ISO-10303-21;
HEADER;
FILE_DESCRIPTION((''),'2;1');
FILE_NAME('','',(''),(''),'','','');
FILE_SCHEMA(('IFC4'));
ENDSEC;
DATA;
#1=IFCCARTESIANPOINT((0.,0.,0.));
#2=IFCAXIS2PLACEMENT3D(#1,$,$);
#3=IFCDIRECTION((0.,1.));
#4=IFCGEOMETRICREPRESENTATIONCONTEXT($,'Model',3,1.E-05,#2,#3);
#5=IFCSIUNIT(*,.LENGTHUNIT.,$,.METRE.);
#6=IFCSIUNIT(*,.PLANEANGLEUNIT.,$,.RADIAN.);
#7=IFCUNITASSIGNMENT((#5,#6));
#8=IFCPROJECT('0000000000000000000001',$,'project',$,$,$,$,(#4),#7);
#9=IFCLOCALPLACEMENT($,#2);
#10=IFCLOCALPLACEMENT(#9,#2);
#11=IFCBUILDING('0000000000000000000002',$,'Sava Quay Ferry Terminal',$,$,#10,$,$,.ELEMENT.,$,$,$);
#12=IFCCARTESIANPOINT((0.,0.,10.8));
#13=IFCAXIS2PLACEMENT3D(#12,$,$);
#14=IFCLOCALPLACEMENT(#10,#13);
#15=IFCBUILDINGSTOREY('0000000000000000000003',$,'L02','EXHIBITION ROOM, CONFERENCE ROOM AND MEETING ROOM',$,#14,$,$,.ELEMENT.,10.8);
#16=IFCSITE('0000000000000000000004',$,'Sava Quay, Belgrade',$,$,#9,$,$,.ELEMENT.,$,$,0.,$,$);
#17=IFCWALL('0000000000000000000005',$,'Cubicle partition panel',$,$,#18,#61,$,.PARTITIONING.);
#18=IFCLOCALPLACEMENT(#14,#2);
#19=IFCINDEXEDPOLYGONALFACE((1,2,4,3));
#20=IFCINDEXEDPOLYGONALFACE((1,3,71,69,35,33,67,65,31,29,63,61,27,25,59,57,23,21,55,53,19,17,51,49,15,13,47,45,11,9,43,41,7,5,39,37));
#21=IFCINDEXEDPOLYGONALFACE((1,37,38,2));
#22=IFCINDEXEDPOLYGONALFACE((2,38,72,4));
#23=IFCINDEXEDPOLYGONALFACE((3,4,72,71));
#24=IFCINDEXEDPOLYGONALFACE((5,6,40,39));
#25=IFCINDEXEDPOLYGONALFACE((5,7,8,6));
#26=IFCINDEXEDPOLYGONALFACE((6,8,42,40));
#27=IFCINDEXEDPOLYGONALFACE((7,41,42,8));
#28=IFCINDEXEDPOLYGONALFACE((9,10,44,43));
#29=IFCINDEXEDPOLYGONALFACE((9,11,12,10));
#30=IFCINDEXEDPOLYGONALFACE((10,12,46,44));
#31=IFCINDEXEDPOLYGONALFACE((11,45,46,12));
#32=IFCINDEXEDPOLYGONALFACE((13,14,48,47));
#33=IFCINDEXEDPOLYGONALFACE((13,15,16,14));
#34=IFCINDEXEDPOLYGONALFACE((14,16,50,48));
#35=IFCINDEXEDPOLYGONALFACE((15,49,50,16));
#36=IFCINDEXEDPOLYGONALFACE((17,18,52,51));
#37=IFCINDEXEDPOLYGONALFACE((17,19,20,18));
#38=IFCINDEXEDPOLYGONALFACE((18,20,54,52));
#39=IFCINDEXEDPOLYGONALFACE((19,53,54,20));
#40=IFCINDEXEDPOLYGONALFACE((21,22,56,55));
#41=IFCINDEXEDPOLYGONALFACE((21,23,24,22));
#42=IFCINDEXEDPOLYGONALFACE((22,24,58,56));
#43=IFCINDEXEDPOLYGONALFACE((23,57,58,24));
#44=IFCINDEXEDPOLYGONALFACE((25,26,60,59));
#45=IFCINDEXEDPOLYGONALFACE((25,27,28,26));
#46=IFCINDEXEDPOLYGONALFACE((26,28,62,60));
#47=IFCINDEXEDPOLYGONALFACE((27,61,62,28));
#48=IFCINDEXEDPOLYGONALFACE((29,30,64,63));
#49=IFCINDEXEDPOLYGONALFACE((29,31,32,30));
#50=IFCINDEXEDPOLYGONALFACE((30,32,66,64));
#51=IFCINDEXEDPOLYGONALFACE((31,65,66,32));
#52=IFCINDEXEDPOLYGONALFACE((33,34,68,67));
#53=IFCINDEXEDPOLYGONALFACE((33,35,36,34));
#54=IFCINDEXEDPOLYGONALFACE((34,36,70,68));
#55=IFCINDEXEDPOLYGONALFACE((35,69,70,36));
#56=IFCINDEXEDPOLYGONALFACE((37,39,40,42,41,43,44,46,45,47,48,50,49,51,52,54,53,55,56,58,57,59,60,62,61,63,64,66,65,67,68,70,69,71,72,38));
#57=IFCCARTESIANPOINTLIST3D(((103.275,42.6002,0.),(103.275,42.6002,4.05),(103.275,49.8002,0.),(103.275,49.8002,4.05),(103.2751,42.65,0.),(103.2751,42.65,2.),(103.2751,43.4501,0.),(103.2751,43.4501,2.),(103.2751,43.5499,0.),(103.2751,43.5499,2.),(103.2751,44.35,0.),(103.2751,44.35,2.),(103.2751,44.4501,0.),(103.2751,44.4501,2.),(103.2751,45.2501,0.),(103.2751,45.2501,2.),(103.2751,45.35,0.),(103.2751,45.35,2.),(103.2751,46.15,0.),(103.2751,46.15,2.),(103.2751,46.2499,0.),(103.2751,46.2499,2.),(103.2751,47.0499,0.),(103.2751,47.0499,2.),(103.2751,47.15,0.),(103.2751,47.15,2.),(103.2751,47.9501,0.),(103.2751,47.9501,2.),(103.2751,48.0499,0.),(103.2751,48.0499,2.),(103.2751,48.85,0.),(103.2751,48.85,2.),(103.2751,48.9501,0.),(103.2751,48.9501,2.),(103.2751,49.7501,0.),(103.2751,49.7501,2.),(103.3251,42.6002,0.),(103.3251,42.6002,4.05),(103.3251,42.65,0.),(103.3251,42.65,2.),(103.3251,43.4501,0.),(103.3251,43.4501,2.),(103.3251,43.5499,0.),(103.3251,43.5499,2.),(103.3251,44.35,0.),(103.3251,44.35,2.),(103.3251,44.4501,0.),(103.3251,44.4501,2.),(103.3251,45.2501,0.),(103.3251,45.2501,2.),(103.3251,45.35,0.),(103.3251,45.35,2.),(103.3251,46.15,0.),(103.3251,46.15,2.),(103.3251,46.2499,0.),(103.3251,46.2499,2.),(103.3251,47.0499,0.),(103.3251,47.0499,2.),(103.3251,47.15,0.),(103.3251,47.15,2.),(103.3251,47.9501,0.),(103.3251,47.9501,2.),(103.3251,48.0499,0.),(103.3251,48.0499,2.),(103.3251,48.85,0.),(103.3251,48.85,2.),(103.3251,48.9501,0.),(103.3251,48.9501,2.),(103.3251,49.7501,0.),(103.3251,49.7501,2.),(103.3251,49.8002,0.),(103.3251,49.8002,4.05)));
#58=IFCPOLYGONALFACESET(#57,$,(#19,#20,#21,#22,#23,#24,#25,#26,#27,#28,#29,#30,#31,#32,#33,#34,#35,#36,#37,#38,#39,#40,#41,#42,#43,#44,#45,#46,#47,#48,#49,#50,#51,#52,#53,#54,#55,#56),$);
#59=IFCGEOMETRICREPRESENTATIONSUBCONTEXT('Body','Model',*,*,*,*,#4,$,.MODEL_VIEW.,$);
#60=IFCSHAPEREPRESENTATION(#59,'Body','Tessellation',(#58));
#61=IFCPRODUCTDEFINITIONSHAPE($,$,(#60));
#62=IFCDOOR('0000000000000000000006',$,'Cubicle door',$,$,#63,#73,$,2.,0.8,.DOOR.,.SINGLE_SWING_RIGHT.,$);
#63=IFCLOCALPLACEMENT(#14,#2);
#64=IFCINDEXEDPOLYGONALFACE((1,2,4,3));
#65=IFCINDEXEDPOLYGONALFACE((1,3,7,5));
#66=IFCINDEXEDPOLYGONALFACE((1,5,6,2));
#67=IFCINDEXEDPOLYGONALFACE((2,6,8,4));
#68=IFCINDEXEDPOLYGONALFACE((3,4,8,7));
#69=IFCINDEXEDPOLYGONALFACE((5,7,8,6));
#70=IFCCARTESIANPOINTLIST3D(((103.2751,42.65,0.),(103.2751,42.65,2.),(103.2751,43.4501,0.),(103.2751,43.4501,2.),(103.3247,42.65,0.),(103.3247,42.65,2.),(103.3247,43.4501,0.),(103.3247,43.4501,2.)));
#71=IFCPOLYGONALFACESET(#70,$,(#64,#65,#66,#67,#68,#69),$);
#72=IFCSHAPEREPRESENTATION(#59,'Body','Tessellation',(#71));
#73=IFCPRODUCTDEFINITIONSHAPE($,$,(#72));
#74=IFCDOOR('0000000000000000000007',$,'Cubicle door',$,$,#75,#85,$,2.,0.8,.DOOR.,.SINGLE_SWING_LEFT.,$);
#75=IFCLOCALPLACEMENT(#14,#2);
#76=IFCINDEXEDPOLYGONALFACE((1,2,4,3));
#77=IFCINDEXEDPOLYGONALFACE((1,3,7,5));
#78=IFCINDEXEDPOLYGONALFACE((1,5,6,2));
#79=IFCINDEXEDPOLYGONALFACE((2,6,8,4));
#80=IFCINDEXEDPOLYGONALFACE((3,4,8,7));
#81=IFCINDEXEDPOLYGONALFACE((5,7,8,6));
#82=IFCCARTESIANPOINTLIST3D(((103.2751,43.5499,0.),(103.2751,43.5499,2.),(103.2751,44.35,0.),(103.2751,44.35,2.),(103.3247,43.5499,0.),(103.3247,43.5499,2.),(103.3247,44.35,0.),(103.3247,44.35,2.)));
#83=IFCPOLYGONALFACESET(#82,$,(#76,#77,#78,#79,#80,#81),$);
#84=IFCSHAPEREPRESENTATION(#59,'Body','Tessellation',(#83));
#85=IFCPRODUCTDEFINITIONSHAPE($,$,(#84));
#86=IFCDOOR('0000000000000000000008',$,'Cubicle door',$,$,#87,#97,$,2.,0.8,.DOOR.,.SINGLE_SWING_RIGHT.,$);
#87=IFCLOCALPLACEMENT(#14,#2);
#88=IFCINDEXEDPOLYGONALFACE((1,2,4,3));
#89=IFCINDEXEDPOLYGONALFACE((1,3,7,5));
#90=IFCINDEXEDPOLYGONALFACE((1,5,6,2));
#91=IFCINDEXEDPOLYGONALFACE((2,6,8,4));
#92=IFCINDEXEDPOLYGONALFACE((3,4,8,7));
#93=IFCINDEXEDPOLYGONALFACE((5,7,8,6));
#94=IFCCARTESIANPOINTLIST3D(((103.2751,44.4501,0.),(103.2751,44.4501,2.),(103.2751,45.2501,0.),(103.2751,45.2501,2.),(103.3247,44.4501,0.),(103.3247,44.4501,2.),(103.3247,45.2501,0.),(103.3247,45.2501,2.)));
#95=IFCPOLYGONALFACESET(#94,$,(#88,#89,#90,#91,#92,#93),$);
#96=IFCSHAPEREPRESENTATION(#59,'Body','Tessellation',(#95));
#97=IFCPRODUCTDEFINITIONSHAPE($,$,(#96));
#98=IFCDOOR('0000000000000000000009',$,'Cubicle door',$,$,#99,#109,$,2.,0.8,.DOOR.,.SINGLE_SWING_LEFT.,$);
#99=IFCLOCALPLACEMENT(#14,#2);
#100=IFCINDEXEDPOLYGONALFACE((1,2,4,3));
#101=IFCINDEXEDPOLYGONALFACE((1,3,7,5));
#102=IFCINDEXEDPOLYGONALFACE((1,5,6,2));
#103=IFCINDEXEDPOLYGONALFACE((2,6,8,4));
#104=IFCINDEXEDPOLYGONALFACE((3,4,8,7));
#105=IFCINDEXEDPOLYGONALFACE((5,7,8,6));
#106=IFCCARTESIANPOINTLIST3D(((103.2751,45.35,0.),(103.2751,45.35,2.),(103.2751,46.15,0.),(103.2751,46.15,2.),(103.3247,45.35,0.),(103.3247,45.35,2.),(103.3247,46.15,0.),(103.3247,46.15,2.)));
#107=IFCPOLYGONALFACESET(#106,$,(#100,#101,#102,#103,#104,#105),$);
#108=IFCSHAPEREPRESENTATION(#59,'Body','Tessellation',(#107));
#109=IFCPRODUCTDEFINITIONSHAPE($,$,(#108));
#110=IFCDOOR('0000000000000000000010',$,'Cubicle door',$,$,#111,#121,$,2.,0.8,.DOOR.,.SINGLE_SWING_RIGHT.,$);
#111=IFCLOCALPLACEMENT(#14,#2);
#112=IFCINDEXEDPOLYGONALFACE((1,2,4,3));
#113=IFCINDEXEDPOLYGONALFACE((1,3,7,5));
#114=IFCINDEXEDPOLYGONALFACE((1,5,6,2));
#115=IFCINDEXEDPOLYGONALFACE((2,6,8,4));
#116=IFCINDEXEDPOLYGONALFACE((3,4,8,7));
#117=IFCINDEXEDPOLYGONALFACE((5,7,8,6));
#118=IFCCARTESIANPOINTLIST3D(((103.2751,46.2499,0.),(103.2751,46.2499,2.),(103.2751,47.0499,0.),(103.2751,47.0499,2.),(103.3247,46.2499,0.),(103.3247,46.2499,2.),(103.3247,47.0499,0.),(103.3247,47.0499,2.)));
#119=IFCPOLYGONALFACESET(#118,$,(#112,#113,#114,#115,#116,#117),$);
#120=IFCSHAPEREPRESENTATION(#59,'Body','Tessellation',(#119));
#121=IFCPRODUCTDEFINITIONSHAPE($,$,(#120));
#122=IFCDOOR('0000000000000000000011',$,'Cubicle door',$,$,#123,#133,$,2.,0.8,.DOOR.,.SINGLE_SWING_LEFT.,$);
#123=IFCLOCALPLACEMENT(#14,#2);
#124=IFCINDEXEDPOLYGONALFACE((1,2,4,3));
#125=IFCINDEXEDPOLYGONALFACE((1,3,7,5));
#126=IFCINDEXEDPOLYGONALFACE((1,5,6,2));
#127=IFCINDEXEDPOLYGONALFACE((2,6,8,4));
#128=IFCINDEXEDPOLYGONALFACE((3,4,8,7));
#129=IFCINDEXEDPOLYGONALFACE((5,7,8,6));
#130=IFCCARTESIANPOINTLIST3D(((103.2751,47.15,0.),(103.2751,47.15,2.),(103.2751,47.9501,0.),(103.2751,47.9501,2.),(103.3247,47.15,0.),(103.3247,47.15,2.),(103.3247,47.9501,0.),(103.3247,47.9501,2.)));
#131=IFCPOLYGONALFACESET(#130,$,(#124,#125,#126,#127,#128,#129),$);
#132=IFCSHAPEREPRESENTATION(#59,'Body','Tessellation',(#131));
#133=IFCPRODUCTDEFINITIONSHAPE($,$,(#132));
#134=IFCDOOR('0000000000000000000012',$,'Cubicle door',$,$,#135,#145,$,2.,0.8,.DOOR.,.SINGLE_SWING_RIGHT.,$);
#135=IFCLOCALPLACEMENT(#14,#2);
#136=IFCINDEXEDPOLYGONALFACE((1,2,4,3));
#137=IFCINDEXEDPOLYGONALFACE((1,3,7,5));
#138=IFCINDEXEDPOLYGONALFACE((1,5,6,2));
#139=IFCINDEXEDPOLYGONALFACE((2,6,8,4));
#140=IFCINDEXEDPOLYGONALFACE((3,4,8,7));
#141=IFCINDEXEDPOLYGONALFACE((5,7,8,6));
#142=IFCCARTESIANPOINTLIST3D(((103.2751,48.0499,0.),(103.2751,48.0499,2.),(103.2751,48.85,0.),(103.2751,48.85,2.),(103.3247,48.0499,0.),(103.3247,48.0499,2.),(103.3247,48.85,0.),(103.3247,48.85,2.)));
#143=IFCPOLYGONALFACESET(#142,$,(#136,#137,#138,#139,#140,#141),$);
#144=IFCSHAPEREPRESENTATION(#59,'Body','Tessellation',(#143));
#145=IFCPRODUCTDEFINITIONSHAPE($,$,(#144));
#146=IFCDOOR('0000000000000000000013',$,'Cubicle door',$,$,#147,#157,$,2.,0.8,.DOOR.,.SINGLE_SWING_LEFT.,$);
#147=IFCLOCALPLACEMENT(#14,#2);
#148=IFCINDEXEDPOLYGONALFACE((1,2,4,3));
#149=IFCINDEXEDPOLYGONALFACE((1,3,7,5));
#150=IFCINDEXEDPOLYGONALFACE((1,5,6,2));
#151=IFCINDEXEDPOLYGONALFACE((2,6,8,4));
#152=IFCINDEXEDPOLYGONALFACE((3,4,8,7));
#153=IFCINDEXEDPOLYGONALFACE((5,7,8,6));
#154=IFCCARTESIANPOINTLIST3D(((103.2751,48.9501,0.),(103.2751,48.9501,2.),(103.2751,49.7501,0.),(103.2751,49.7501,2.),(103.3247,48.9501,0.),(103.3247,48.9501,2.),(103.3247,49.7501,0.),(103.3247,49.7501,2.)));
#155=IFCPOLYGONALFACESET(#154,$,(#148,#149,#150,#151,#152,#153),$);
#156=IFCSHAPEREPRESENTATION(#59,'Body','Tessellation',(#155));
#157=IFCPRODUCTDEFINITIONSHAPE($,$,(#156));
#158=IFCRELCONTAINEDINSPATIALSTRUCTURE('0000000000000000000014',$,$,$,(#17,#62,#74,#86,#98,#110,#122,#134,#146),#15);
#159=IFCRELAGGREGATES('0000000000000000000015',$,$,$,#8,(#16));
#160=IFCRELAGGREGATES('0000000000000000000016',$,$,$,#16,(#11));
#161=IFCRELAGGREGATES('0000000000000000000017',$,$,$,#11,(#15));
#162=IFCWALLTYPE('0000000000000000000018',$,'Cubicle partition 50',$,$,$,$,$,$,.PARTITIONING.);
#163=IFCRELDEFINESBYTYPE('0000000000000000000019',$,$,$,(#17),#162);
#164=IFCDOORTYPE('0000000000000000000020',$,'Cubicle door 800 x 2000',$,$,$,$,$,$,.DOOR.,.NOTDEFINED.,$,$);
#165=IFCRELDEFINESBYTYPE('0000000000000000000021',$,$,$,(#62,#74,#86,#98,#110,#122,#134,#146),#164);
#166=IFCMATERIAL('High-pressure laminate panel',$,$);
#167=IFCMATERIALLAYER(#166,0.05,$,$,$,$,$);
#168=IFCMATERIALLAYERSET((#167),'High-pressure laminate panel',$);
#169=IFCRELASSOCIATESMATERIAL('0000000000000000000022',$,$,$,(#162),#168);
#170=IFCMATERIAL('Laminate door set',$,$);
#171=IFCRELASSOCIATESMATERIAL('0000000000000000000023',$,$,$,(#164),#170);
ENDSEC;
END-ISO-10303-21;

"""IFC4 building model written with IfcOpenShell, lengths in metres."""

from ifc_helpers import new_model, si_unit, direction, frame, frame_2d, origin, place, context, subcontext, project, spatial, rectangle, extrude, material, layer, layer_set, type_object, element, fill, save


model = new_model("IFC4")

# Units and contexts
model_context = context("Model", 3, precision=1e-05, world=origin(), true_north=direction((0.0, 1.0)))
body_context = subcontext(model_context, "Body", "Model", "MODEL_VIEW")
ifc_project = project(units=[si_unit("LENGTHUNIT", "METRE"), si_unit("PLANEANGLEUNIT", "RADIAN")], contexts=[model_context])

# Site, building, storey
site_placement = place(None, origin())
site = spatial("IfcSite", under=ifc_project, at=site_placement, Name="Sava Quay, Belgrade", CompositionType="ELEMENT", RefElevation=0.0)
building_placement = place(site_placement, origin())
building = spatial("IfcBuilding", under=site, at=building_placement, Name="Sava Quay Ferry Terminal", CompositionType="ELEMENT")
storey_placement = place(building_placement, frame((0.0, 0.0, 10.8)))
storey = spatial("IfcBuildingStorey", under=building, at=storey_placement, Name="L02", Description="EXHIBITION ROOM, CONFERENCE ROOM AND MEETING ROOM", CompositionType="ELEMENT", Elevation=10.8)

# Wall, openings, doors
ifc_material_1 = material(Name="High-pressure laminate panel")
ifc_layer_1 = layer(ifc_material_1, 0.05)
ifc_layer_set_1 = layer_set([ifc_layer_1], Name="High-pressure laminate panel")
wall_type_1 = type_object("IfcWallType", Name="Cubicle partition 50", PredefinedType="PARTITIONING", material=ifc_layer_set_1)
wall_1_placement = place(storey_placement, frame((103.3, 42.6001, 0.0), z_axis=(0.0, 0.0, 1.0), x_axis=(0.0, 1.0, 0.0)))
wall_1 = element("IfcWall", 1, at=wall_1_placement, inside=storey, type_object=wall_type_1, Name="Cubicle partition panel", PredefinedType="PARTITIONING", context=body_context, shape_type="SweptSolid", body=[
    extrude(rectangle(XDim=7.2, YDim=0.05, at=frame_2d((3.6001, 0.0))), origin(), (0.0, 0.0, 1.0), 4.05),
])
opening_1_placement = place(wall_1_placement, frame((0.05, 0.0, 0.0)))
opening_1 = element("IfcOpeningElement", 2, at=opening_1_placement, cuts=wall_1, PredefinedType="OPENING", context=body_context, shape_type="SweptSolid", body=[
    extrude(rectangle(XDim=0.8, YDim=2.0, at=frame_2d((0.3999, 1.0))), frame((0.0, 0.0249, 0.0), z_axis=(0.0, -1.0, 0.0), x_axis=(1.0, 0.0, 0.0)), (0.0, 0.0, 1.0), 0.05),
])
opening_2_placement = place(wall_1_placement, frame((0.95, 0.0, 0.0)))
opening_2 = element("IfcOpeningElement", 3, at=opening_2_placement, cuts=wall_1, PredefinedType="OPENING", context=body_context, shape_type="SweptSolid", body=[
    extrude(rectangle(XDim=0.8, YDim=2.0, at=frame_2d((0.3999, 1.0))), frame((0.0, 0.0249, 0.0), z_axis=(0.0, -1.0, 0.0), x_axis=(1.0, 0.0, 0.0)), (0.0, 0.0, 1.0), 0.05),
])
opening_3_placement = place(wall_1_placement, frame((1.8501, 0.0, 0.0)))
opening_3 = element("IfcOpeningElement", 4, at=opening_3_placement, cuts=wall_1, PredefinedType="OPENING", context=body_context, shape_type="SweptSolid", body=[
    extrude(rectangle(XDim=0.8, YDim=2.0, at=frame_2d((0.3999, 1.0))), frame((0.0, 0.0249, 0.0), z_axis=(0.0, -1.0, 0.0), x_axis=(1.0, 0.0, 0.0)), (0.0, 0.0, 1.0), 0.05),
])
opening_4_placement = place(wall_1_placement, frame((2.75, 0.0, 0.0)))
opening_4 = element("IfcOpeningElement", 5, at=opening_4_placement, cuts=wall_1, PredefinedType="OPENING", context=body_context, shape_type="SweptSolid", body=[
    extrude(rectangle(XDim=0.8, YDim=2.0, at=frame_2d((0.3999, 1.0))), frame((0.0, 0.0249, 0.0), z_axis=(0.0, -1.0, 0.0), x_axis=(1.0, 0.0, 0.0)), (0.0, 0.0, 1.0), 0.05),
])
opening_5_placement = place(wall_1_placement, frame((3.6499, 0.0, 0.0)))
opening_5 = element("IfcOpeningElement", 6, at=opening_5_placement, cuts=wall_1, PredefinedType="OPENING", context=body_context, shape_type="SweptSolid", body=[
    extrude(rectangle(XDim=0.8, YDim=2.0, at=frame_2d((0.3999, 1.0))), frame((0.0, 0.0249, 0.0), z_axis=(0.0, -1.0, 0.0), x_axis=(1.0, 0.0, 0.0)), (0.0, 0.0, 1.0), 0.05),
])
opening_6_placement = place(wall_1_placement, frame((4.55, 0.0, 0.0)))
opening_6 = element("IfcOpeningElement", 7, at=opening_6_placement, cuts=wall_1, PredefinedType="OPENING", context=body_context, shape_type="SweptSolid", body=[
    extrude(rectangle(XDim=0.8, YDim=2.0, at=frame_2d((0.3999, 1.0))), frame((0.0, 0.0249, 0.0), z_axis=(0.0, -1.0, 0.0), x_axis=(1.0, 0.0, 0.0)), (0.0, 0.0, 1.0), 0.05),
])
opening_7_placement = place(wall_1_placement, frame((5.45, 0.0, 0.0)))
opening_7 = element("IfcOpeningElement", 8, at=opening_7_placement, cuts=wall_1, PredefinedType="OPENING", context=body_context, shape_type="SweptSolid", body=[
    extrude(rectangle(XDim=0.8, YDim=2.0, at=frame_2d((0.3999, 1.0))), frame((0.0, 0.0249, 0.0), z_axis=(0.0, -1.0, 0.0), x_axis=(1.0, 0.0, 0.0)), (0.0, 0.0, 1.0), 0.05),
])
opening_8_placement = place(wall_1_placement, frame((6.3501, 0.0, 0.0)))
opening_8 = element("IfcOpeningElement", 9, at=opening_8_placement, cuts=wall_1, PredefinedType="OPENING", context=body_context, shape_type="SweptSolid", body=[
    extrude(rectangle(XDim=0.8, YDim=2.0, at=frame_2d((0.3999, 1.0))), frame((0.0, 0.0249, 0.0), z_axis=(0.0, -1.0, 0.0), x_axis=(1.0, 0.0, 0.0)), (0.0, 0.0, 1.0), 0.05),
])
ifc_material_2 = material(Name="Laminate door set")
door_type_1 = type_object("IfcDoorType", Name="Cubicle door 800 x 2000", OperationType="NOTDEFINED", PredefinedType="DOOR", material=ifc_material_2)
door_1_placement = place(opening_1_placement, origin())
door_1 = element("IfcDoor", 10, at=door_1_placement, inside=storey, type_object=door_type_1, Name="Cubicle door", OperationType="SINGLE_SWING_RIGHT", OverallHeight=2.0, OverallWidth=0.8, PredefinedType="DOOR", context=body_context, shape_type="SweptSolid", body=[
    extrude(rectangle(XDim=0.8, YDim=2.0, at=frame_2d((0.3999, 1.0))), frame((0.0, 0.0249, 0.0), z_axis=(0.0, -1.0, 0.0), x_axis=(1.0, 0.0, 0.0)), (0.0, 0.0, 1.0), 0.0496),
])
fill(opening_1, door_1)
door_2_placement = place(opening_2_placement, origin())
door_2 = element("IfcDoor", 11, at=door_2_placement, inside=storey, type_object=door_type_1, Name="Cubicle door", OperationType="SINGLE_SWING_LEFT", OverallHeight=2.0, OverallWidth=0.8, PredefinedType="DOOR", context=body_context, shape_type="SweptSolid", body=[
    extrude(rectangle(XDim=0.8, YDim=2.0, at=frame_2d((0.3999, 1.0))), frame((0.0, 0.0249, 0.0), z_axis=(0.0, -1.0, 0.0), x_axis=(1.0, 0.0, 0.0)), (0.0, 0.0, 1.0), 0.0496),
])
fill(opening_2, door_2)
door_3_placement = place(opening_3_placement, origin())
door_3 = element("IfcDoor", 12, at=door_3_placement, inside=storey, type_object=door_type_1, Name="Cubicle door", OperationType="SINGLE_SWING_RIGHT", OverallHeight=2.0, OverallWidth=0.8, PredefinedType="DOOR", context=body_context, shape_type="SweptSolid", body=[
    extrude(rectangle(XDim=0.8, YDim=2.0, at=frame_2d((0.3999, 1.0))), frame((0.0, 0.0249, 0.0), z_axis=(0.0, -1.0, 0.0), x_axis=(1.0, 0.0, 0.0)), (0.0, 0.0, 1.0), 0.0496),
])
fill(opening_3, door_3)
door_4_placement = place(opening_4_placement, origin())
door_4 = element("IfcDoor", 13, at=door_4_placement, inside=storey, type_object=door_type_1, Name="Cubicle door", OperationType="SINGLE_SWING_LEFT", OverallHeight=2.0, OverallWidth=0.8, PredefinedType="DOOR", context=body_context, shape_type="SweptSolid", body=[
    extrude(rectangle(XDim=0.8, YDim=2.0, at=frame_2d((0.3999, 1.0))), frame((0.0, 0.0249, 0.0), z_axis=(0.0, -1.0, 0.0), x_axis=(1.0, 0.0, 0.0)), (0.0, 0.0, 1.0), 0.0496),
])
fill(opening_4, door_4)
door_5_placement = place(opening_5_placement, origin())
door_5 = element("IfcDoor", 14, at=door_5_placement, inside=storey, type_object=door_type_1, Name="Cubicle door", OperationType="SINGLE_SWING_RIGHT", OverallHeight=2.0, OverallWidth=0.8, PredefinedType="DOOR", context=body_context, shape_type="SweptSolid", body=[
    extrude(rectangle(XDim=0.8, YDim=2.0, at=frame_2d((0.3999, 1.0))), frame((0.0, 0.0249, 0.0), z_axis=(0.0, -1.0, 0.0), x_axis=(1.0, 0.0, 0.0)), (0.0, 0.0, 1.0), 0.0496),
])
fill(opening_5, door_5)
door_6_placement = place(opening_6_placement, origin())
door_6 = element("IfcDoor", 15, at=door_6_placement, inside=storey, type_object=door_type_1, Name="Cubicle door", OperationType="SINGLE_SWING_LEFT", OverallHeight=2.0, OverallWidth=0.8, PredefinedType="DOOR", context=body_context, shape_type="SweptSolid", body=[
    extrude(rectangle(XDim=0.8, YDim=2.0, at=frame_2d((0.3999, 1.0))), frame((0.0, 0.0249, 0.0), z_axis=(0.0, -1.0, 0.0), x_axis=(1.0, 0.0, 0.0)), (0.0, 0.0, 1.0), 0.0496),
])
fill(opening_6, door_6)
door_7_placement = place(opening_7_placement, origin())
door_7 = element("IfcDoor", 16, at=door_7_placement, inside=storey, type_object=door_type_1, Name="Cubicle door", OperationType="SINGLE_SWING_RIGHT", OverallHeight=2.0, OverallWidth=0.8, PredefinedType="DOOR", context=body_context, shape_type="SweptSolid", body=[
    extrude(rectangle(XDim=0.8, YDim=2.0, at=frame_2d((0.3999, 1.0))), frame((0.0, 0.0249, 0.0), z_axis=(0.0, -1.0, 0.0), x_axis=(1.0, 0.0, 0.0)), (0.0, 0.0, 1.0), 0.0496),
])
fill(opening_7, door_7)
door_8_placement = place(opening_8_placement, origin())
door_8 = element("IfcDoor", 17, at=door_8_placement, inside=storey, type_object=door_type_1, Name="Cubicle door", OperationType="SINGLE_SWING_LEFT", OverallHeight=2.0, OverallWidth=0.8, PredefinedType="DOOR", context=body_context, shape_type="SweptSolid", body=[
    extrude(rectangle(XDim=0.8, YDim=2.0, at=frame_2d((0.3999, 1.0))), frame((0.0, 0.0249, 0.0), z_axis=(0.0, -1.0, 0.0), x_axis=(1.0, 0.0, 0.0)), (0.0, 0.0, 1.0), 0.0496),
])
fill(opening_8, door_8)

save(model, "model.ifc")
